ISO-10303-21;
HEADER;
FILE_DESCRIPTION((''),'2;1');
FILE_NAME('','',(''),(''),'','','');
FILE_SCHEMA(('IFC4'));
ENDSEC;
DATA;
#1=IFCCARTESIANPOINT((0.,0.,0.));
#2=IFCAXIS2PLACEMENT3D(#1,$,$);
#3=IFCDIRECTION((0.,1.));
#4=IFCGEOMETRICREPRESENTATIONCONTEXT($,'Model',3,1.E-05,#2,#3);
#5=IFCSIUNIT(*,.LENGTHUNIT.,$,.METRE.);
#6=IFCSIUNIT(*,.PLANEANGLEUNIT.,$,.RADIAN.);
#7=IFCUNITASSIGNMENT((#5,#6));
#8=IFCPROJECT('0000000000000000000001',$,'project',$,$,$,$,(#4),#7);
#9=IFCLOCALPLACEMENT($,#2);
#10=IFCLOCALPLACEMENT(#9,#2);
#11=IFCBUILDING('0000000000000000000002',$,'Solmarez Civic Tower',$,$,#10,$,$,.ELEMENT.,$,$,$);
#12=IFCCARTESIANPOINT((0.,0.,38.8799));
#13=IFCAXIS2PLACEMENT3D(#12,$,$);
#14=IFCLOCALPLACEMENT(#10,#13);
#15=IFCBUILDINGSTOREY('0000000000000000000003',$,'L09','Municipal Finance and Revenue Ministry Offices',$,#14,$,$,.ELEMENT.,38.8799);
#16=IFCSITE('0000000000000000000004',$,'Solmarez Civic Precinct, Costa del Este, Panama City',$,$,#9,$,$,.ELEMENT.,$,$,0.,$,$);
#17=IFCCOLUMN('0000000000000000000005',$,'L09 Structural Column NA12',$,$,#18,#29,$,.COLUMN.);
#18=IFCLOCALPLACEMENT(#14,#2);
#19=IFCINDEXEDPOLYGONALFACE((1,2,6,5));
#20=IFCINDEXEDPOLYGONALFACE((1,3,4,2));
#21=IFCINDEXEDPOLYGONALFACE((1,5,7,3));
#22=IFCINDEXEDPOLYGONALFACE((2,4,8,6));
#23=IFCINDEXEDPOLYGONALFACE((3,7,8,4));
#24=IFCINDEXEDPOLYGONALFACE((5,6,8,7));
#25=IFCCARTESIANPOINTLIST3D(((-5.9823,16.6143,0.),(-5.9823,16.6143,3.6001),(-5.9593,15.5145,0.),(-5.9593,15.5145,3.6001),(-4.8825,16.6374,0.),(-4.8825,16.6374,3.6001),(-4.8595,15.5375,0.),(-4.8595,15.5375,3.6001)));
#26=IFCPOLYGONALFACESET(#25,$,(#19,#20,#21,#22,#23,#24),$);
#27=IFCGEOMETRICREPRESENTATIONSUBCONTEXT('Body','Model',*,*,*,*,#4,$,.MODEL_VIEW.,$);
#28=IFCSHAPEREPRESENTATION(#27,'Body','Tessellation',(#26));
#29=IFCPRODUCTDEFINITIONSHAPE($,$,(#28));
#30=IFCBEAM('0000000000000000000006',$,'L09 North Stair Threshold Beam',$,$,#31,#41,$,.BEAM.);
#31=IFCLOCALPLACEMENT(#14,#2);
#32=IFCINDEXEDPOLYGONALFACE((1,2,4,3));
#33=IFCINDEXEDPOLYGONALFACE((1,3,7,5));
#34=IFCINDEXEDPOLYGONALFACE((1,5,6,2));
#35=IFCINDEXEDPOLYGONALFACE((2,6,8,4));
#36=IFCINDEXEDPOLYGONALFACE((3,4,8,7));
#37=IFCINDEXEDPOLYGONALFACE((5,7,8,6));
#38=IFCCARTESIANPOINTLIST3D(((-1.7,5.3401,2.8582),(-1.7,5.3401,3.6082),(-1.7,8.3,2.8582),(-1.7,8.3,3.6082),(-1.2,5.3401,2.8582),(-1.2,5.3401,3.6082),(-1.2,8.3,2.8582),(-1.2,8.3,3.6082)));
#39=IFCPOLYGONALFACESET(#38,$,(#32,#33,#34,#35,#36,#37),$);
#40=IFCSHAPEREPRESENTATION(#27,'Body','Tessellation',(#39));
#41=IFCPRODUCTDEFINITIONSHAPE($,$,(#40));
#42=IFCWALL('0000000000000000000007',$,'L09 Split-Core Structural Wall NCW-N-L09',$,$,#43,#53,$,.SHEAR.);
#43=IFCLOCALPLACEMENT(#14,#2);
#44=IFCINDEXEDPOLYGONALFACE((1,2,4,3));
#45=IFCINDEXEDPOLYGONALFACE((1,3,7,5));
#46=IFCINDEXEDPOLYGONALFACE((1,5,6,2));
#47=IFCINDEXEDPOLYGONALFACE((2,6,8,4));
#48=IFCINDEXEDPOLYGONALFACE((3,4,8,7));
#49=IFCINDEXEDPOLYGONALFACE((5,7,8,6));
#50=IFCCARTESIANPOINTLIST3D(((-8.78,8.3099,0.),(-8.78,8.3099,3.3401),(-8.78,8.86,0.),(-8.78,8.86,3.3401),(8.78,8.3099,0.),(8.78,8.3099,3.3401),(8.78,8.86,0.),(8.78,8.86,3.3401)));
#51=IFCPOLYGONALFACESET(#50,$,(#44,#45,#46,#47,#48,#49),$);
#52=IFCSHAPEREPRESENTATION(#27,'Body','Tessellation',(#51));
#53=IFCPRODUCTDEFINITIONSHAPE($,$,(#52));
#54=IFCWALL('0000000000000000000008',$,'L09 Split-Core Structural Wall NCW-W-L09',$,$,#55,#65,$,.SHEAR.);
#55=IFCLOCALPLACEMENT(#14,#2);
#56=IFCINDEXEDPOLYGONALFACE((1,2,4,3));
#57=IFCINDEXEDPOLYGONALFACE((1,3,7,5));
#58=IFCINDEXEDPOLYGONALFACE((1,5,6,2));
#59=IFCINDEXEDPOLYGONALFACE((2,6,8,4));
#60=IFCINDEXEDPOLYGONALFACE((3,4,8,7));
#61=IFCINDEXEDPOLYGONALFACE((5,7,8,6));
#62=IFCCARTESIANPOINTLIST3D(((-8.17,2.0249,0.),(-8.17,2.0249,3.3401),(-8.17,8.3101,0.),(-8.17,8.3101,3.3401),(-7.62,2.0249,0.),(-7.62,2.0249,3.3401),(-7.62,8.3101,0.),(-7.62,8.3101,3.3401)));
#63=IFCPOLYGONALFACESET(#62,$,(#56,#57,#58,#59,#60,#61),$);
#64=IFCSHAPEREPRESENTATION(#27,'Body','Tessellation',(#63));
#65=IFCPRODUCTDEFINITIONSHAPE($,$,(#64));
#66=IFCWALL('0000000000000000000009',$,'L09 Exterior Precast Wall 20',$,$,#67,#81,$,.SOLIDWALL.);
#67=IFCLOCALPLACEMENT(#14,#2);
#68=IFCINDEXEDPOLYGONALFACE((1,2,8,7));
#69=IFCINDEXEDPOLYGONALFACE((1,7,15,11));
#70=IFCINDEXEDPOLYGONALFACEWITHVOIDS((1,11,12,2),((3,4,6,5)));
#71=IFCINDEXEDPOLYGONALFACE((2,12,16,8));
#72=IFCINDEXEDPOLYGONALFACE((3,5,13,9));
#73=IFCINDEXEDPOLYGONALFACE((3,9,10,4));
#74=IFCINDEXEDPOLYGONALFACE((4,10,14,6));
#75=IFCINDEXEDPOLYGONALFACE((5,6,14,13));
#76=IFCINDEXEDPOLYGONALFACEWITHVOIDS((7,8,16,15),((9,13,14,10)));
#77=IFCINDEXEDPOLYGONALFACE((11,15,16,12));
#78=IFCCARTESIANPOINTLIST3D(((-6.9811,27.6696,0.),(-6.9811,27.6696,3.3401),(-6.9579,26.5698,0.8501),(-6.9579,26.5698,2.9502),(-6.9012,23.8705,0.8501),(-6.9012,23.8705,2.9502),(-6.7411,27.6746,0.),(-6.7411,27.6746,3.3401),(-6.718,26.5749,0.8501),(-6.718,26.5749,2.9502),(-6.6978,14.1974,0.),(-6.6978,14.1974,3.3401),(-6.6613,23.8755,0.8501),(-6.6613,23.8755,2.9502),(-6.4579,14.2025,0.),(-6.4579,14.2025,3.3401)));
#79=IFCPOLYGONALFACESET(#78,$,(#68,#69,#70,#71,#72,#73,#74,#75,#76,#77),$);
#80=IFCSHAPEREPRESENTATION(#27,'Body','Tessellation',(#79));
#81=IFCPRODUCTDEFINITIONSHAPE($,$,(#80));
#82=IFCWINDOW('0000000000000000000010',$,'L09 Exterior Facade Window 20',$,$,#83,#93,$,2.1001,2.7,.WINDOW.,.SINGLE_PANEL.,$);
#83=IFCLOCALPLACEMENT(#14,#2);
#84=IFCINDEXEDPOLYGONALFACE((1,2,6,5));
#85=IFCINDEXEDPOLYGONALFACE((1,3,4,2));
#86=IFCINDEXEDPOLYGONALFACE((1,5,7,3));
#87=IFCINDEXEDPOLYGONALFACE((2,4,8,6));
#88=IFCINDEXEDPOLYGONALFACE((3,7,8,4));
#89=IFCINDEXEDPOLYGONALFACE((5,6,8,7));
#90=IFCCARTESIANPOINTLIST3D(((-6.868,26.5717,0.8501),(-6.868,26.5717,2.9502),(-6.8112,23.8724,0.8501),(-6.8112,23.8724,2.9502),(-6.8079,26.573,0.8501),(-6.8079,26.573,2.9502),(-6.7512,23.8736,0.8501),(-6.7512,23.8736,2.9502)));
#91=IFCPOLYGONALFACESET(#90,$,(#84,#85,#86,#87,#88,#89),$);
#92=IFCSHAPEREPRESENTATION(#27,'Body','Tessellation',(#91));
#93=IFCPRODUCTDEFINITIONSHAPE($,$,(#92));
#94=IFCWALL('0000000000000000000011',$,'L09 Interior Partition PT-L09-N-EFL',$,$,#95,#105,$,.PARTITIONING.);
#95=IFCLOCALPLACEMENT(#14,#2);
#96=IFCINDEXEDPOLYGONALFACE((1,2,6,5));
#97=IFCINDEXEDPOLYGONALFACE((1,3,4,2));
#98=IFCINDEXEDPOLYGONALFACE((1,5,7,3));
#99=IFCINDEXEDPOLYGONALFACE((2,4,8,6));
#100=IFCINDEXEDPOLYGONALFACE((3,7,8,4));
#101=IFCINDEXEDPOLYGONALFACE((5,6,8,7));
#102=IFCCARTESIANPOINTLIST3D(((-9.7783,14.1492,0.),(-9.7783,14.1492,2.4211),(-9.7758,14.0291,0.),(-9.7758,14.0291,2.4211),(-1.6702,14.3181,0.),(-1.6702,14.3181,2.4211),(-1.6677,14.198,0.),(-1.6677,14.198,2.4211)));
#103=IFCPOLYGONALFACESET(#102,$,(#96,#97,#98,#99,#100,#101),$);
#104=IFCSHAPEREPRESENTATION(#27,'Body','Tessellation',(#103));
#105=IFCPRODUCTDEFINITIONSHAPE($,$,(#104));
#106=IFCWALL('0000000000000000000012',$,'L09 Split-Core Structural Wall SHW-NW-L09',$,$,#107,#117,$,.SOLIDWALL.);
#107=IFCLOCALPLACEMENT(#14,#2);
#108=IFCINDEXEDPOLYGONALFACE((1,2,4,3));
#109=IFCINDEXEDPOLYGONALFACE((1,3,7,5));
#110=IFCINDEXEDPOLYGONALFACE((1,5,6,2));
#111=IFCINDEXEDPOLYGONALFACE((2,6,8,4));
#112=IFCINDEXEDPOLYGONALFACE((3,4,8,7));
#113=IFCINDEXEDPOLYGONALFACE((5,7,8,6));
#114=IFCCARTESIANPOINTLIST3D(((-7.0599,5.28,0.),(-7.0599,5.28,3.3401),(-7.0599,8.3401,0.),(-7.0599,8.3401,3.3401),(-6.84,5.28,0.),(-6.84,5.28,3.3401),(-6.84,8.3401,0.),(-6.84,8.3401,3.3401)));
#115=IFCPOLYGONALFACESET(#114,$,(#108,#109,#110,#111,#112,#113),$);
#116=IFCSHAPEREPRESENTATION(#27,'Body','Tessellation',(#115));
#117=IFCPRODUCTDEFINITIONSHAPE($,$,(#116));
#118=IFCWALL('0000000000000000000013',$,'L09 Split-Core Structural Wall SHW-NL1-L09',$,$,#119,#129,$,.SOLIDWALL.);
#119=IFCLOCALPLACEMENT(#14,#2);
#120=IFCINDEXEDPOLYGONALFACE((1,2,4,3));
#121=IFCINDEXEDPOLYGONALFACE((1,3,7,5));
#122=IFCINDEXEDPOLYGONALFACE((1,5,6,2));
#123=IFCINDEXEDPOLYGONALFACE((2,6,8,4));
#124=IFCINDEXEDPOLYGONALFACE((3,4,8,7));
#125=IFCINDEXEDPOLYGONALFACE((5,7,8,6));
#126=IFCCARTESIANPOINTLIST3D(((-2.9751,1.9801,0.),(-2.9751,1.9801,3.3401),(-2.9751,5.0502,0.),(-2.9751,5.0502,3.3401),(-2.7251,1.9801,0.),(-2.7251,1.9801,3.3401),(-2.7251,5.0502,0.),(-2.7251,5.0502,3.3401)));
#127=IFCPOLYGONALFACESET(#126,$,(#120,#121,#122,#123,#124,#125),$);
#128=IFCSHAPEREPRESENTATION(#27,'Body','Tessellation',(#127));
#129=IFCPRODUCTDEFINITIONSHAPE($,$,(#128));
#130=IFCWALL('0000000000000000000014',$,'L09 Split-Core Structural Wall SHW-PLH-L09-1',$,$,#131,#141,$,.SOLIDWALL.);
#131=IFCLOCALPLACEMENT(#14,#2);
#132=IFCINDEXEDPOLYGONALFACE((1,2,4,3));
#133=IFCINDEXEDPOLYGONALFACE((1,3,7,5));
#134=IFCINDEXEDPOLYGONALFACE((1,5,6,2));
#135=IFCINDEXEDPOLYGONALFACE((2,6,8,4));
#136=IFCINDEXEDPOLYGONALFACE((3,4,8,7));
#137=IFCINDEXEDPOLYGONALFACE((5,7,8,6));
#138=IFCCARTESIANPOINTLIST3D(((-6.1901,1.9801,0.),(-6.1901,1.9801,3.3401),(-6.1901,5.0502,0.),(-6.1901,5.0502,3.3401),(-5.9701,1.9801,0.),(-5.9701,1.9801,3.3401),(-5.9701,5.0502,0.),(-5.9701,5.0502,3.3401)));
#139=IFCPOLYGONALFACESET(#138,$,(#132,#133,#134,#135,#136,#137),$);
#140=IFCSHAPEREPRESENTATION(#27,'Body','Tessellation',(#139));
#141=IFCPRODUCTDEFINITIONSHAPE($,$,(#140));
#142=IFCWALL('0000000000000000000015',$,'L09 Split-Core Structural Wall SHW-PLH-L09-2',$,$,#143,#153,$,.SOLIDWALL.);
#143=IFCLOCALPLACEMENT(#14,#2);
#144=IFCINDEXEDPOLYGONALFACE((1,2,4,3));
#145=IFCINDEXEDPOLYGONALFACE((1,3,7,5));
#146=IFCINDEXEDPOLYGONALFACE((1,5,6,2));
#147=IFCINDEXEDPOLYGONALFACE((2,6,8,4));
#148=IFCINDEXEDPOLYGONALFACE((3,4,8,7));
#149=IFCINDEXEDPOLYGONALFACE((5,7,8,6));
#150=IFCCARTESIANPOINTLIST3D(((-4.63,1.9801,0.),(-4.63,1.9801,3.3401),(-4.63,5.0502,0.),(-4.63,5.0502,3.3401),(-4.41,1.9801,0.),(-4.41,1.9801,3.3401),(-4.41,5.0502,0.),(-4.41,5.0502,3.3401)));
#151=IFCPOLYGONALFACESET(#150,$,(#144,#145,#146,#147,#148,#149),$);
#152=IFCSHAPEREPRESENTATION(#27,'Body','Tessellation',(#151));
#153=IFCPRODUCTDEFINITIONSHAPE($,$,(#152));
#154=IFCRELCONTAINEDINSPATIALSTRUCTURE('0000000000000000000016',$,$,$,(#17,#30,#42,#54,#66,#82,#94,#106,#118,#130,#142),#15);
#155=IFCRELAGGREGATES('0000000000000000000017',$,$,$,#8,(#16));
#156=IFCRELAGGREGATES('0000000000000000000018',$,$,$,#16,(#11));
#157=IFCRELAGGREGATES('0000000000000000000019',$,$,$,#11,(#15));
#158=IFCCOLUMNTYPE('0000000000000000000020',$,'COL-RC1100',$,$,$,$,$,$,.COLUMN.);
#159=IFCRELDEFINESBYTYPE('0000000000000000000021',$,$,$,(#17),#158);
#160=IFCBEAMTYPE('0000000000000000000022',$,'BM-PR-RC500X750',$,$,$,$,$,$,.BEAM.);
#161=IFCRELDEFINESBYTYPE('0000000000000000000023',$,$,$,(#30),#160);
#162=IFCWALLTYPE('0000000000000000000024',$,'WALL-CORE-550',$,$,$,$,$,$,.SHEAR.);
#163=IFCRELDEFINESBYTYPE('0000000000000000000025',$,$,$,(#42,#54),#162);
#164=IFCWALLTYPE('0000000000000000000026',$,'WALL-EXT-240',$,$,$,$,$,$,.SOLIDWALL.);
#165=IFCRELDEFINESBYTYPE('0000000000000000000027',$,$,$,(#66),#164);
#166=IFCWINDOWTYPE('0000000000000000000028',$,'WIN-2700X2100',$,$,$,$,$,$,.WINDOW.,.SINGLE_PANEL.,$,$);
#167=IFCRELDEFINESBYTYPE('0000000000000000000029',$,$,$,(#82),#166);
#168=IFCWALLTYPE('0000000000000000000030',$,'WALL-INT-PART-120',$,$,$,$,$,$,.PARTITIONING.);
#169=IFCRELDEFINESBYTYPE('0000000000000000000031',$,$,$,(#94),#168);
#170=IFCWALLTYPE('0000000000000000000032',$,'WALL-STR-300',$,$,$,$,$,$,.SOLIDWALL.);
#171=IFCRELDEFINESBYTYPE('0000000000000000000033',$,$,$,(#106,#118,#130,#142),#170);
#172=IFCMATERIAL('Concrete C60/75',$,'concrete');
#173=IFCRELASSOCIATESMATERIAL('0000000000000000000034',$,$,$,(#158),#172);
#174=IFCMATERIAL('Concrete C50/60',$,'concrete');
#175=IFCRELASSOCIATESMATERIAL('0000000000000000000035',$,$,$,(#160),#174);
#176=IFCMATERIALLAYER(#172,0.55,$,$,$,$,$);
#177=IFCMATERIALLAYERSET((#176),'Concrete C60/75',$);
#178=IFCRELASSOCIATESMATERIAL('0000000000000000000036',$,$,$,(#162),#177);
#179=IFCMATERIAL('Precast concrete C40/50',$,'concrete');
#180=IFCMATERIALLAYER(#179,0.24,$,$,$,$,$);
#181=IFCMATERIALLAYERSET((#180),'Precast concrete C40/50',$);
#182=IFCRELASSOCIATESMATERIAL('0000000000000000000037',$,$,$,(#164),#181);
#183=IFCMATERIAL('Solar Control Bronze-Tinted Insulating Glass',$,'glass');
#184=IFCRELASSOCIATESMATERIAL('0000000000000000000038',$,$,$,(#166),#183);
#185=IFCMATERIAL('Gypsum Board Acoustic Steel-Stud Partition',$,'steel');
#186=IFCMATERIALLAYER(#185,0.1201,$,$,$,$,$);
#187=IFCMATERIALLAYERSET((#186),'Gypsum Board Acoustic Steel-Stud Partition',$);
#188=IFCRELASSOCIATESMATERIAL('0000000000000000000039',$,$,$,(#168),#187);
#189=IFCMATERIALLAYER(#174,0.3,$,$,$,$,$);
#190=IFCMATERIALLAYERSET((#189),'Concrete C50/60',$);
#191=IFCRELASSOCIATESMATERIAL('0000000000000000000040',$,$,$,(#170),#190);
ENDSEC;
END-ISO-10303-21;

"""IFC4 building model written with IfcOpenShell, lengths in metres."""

from ifc_helpers import new_model, si_unit, direction, frame, frame_2d, origin, origin_2d, place, context, subcontext, project, spatial, rectangle, extrude, material, layer, layer_set, material_profile, profile_set, type_object, element, fill, save


model = new_model("IFC4")

# Units and contexts
model_context = context("Model", 3, precision=1e-05, world=origin(), true_north=direction((0.0, 1.0)))
body_context = subcontext(model_context, "Body", "Model", "MODEL_VIEW")
ifc_project = project(units=[si_unit("LENGTHUNIT", "METRE"), si_unit("PLANEANGLEUNIT", "RADIAN")], contexts=[model_context])

# Site, building, storey
site_placement = place(None, origin())
site = spatial("IfcSite", under=ifc_project, at=site_placement, Name="Solmarez Civic Precinct, Costa del Este, Panama City", CompositionType="ELEMENT", RefElevation=0.0)
building_placement = place(site_placement, origin())
building = spatial("IfcBuilding", under=site, at=building_placement, Name="Solmarez Civic Tower", CompositionType="ELEMENT")
storey_placement = place(building_placement, frame((0.0, 0.0, 38.8799)))
storey = spatial("IfcBuildingStorey", under=building, at=storey_placement, Name="L09", Description="Municipal Finance and Revenue Ministry Offices", CompositionType="ELEMENT", Elevation=38.8799)

# Column
ifc_material_1 = material(Name="Concrete C60/75", Category="concrete")
ifc_material_profile_1 = material_profile(ifc_material_1, rectangle(XDim=1.1001, YDim=1.1001, at=origin_2d()), Name="RC1100X1100")
ifc_profile_set_1 = profile_set([ifc_material_profile_1], Name="Concrete C60/75")
column_type = type_object("IfcColumnType", Name="COL-RC1100", PredefinedType="COLUMN", material=ifc_profile_set_1)
column_placement = place(storey_placement, frame((-5.4209, 16.0759, 0.0), z_axis=(0.0, 0.0, 1.0), x_axis=(0.999781, 0.020942, 0.0)))
element("IfcColumn", 1, at=column_placement, inside=storey, type_object=column_type, Name="L09 Structural Column NA12", PredefinedType="COLUMN", context=body_context, shape_type="SweptSolid", body=[
    extrude(rectangle(XDim=1.1001, YDim=1.1001, at=origin_2d()), origin(), (0.0, 0.0, 1.0), 3.6001),
])

# Beam
ifc_material_2 = material(Name="Concrete C50/60", Category="concrete")
ifc_material_profile_2 = material_profile(ifc_material_2, rectangle(XDim=0.5, YDim=0.75, at=origin_2d()), Name="RC500X750")
ifc_profile_set_2 = profile_set([ifc_material_profile_2], Name="Concrete C50/60")
beam_type = type_object("IfcBeamType", Name="BM-PR-RC500X750", PredefinedType="BEAM", material=ifc_profile_set_2)
beam_placement = place(storey_placement, frame((-1.45, 5.3401, 3.2332), z_axis=(0.0, 1.0, 0.0), x_axis=(-1.0, 0.0, 0.0)))
element("IfcBeam", 2, at=beam_placement, inside=storey, type_object=beam_type, Name="L09 North Stair Threshold Beam", PredefinedType="BEAM", context=body_context, shape_type="SweptSolid", body=[
    extrude(rectangle(XDim=0.5, YDim=0.75, at=origin_2d()), origin(), (0.0, 0.0, 1.0), 2.96),
])

# Walls
ifc_layer_1 = layer(ifc_material_1, 0.55)
ifc_layer_set_1 = layer_set([ifc_layer_1], Name="Concrete C60/75")
wall_type_1 = type_object("IfcWallType", Name="WALL-CORE-550", PredefinedType="SHEAR", material=ifc_layer_set_1)
wall_1_placement = place(storey_placement, frame((-8.78, 8.585, 0.0), z_axis=(0.0, 0.0, 1.0), x_axis=(1.0, 0.0, 0.0)))
element("IfcWall", 3, at=wall_1_placement, inside=storey, type_object=wall_type_1, Name="L09 Split-Core Structural Wall NCW-N-L09", PredefinedType="SHEAR", context=body_context, shape_type="SweptSolid", body=[
    extrude(rectangle(XDim=17.5601, YDim=0.55, at=frame_2d((8.78, 0.0))), origin(), (0.0, 0.0, 1.0), 3.3401),
])
wall_2_placement = place(storey_placement, frame((-7.895, 2.0249, 0.0), z_axis=(0.0, 0.0, 1.0), x_axis=(0.0, 1.0, 0.0)))
element("IfcWall", 4, at=wall_2_placement, inside=storey, type_object=wall_type_1, Name="L09 Split-Core Structural Wall NCW-W-L09", PredefinedType="SHEAR", context=body_context, shape_type="SweptSolid", body=[
    extrude(rectangle(XDim=6.2852, YDim=0.55, at=frame_2d((3.1426, 0.0))), origin(), (0.0, 0.0, 1.0), 3.3401),
])

# Wall, opening, window
ifc_material_3 = material(Name="Precast concrete C40/50", Category="concrete")
ifc_layer_2 = layer(ifc_material_3, 0.24)
ifc_layer_set_2 = layer_set([ifc_layer_2], Name="Precast concrete C40/50")
wall_type_2 = type_object("IfcWallType", Name="WALL-EXT-240", PredefinedType="SOLIDWALL", material=ifc_layer_set_2)
wall_3_placement = place(storey_placement, frame((-6.5779, 14.2, 0.0), z_axis=(0.0, 0.0, 1.0), x_axis=(-0.021017, 0.999779, 0.0)))
wall_3 = element("IfcWall", 5, at=wall_3_placement, inside=storey, type_object=wall_type_2, Name="L09 Exterior Precast Wall 20", PredefinedType="SOLIDWALL", context=body_context, shape_type="SweptSolid", body=[
    extrude(rectangle(XDim=13.4751, YDim=0.24, at=frame_2d((6.7375, 0.0))), origin(), (0.0, 0.0, 1.0), 3.3401),
])
opening_placement = place(wall_3_placement, frame((9.675, 0.0, 0.8501)))
opening = element("IfcOpeningElement", 6, at=opening_placement, cuts=wall_3, PredefinedType="OPENING", context=body_context, shape_type="SweptSolid", body=[
    extrude(rectangle(XDim=2.7, YDim=2.1001, at=frame_2d((1.3501, 1.05))), frame((0.0, 0.1299, 0.0), z_axis=(0.0, -1.0, 0.0), x_axis=(1.0, 0.0, 0.0)), (0.0, 0.0, 1.0), 0.26),
])
ifc_material_4 = material(Name="Solar Control Bronze-Tinted Insulating Glass", Category="glass")
window_type = type_object("IfcWindowType", Name="WIN-2700X2100", PartitioningType="SINGLE_PANEL", PredefinedType="WINDOW", material=ifc_material_4)
window_placement = place(opening_placement, origin())
window = element("IfcWindow", 7, at=window_placement, inside=storey, type_object=window_type, Name="L09 Exterior Facade Window 20", OverallHeight=2.1001, OverallWidth=2.7, PartitioningType="SINGLE_PANEL", PredefinedType="WINDOW", context=body_context, shape_type="SweptSolid", body=[
    extrude(rectangle(XDim=2.7, YDim=2.1001, at=frame_2d((1.3501, 1.05))), frame((0.0, 0.03, 0.0), z_axis=(0.0, -1.0, 0.0), x_axis=(1.0, 0.0, 0.0)), (0.0, 0.0, 1.0), 0.0601),
])
fill(opening, window)

# Walls
ifc_material_5 = material(Name="Gypsum Board Acoustic Steel-Stud Partition", Category="steel")
ifc_layer_3 = layer(ifc_material_5, 0.1201)
ifc_layer_set_3 = layer_set([ifc_layer_3], Name="Gypsum Board Acoustic Steel-Stud Partition")
wall_type_3 = type_object("IfcWallType", Name="WALL-INT-PART-120", PredefinedType="PARTITIONING", material=ifc_layer_set_3)
wall_4_placement = place(storey_placement, frame((-1.6689, 14.2581, 0.0), z_axis=(0.0, 0.0, 1.0), x_axis=(-0.999783, -0.020832, 0.0)))
element("IfcWall", 8, at=wall_4_placement, inside=storey, type_object=wall_type_3, Name="L09 Interior Partition PT-L09-N-EFL", PredefinedType="PARTITIONING", context=body_context, shape_type="SweptSolid", body=[
    extrude(rectangle(XDim=8.1099, YDim=0.1201, at=frame_2d((4.0549, 0.0))), origin(), (0.0, 0.0, 1.0), 2.4211),
])
ifc_layer_4 = layer(ifc_material_2, 0.3)
ifc_layer_set_4 = layer_set([ifc_layer_4], Name="Concrete C50/60")
wall_type_4 = type_object("IfcWallType", Name="WALL-STR-300", PredefinedType="SOLIDWALL", material=ifc_layer_set_4)
wall_5_placement = place(storey_placement, frame((-6.95, 5.28, 0.0), z_axis=(0.0, 0.0, 1.0), x_axis=(0.0, 1.0, 0.0)))
element("IfcWall", 9, at=wall_5_placement, inside=storey, type_object=wall_type_4, Name="L09 Split-Core Structural Wall SHW-NW-L09", PredefinedType="SOLIDWALL", context=body_context, shape_type="SweptSolid", body=[
    extrude(rectangle(XDim=3.0601, YDim=0.22, at=frame_2d((1.53, 0.0))), origin(), (0.0, 0.0, 1.0), 3.3401),
])
wall_6_placement = place(storey_placement, frame((-2.8501, 1.98, 0.0), z_axis=(0.0, 0.0, 1.0), x_axis=(0.0, 1.0, 0.0)))
element("IfcWall", 10, at=wall_6_placement, inside=storey, type_object=wall_type_4, Name="L09 Split-Core Structural Wall SHW-NL1-L09", PredefinedType="SOLIDWALL", context=body_context, shape_type="SweptSolid", body=[
    extrude(rectangle(XDim=3.0701, YDim=0.25, at=frame_2d((1.5352, 0.0))), origin(), (0.0, 0.0, 1.0), 3.3401),
])
for number, where, z_axis, x_axis, name in (
    (11, (-6.0801, 1.98, 0.0), (0.0, 0.0, 1.0), (0.0, 1.0, 0.0), "L09 Split-Core Structural Wall SHW-PLH-L09-1"),
    (12, (-4.52, 1.98, 0.0), (0.0, 0.0, 1.0), (0.0, 1.0, 0.0), "L09 Split-Core Structural Wall SHW-PLH-L09-2"),
):
    element("IfcWall", number, at=place(storey_placement, frame(where, z_axis=z_axis, x_axis=x_axis)), inside=storey, type_object=wall_type_4, Name=name, PredefinedType="SOLIDWALL", context=body_context, shape_type="SweptSolid", body=[
        extrude(rectangle(XDim=3.0701, YDim=0.22, at=frame_2d((1.5352, 0.0))), origin(), (0.0, 0.0, 1.0), 3.3401),
    ])

save(model, "model.ifc")
